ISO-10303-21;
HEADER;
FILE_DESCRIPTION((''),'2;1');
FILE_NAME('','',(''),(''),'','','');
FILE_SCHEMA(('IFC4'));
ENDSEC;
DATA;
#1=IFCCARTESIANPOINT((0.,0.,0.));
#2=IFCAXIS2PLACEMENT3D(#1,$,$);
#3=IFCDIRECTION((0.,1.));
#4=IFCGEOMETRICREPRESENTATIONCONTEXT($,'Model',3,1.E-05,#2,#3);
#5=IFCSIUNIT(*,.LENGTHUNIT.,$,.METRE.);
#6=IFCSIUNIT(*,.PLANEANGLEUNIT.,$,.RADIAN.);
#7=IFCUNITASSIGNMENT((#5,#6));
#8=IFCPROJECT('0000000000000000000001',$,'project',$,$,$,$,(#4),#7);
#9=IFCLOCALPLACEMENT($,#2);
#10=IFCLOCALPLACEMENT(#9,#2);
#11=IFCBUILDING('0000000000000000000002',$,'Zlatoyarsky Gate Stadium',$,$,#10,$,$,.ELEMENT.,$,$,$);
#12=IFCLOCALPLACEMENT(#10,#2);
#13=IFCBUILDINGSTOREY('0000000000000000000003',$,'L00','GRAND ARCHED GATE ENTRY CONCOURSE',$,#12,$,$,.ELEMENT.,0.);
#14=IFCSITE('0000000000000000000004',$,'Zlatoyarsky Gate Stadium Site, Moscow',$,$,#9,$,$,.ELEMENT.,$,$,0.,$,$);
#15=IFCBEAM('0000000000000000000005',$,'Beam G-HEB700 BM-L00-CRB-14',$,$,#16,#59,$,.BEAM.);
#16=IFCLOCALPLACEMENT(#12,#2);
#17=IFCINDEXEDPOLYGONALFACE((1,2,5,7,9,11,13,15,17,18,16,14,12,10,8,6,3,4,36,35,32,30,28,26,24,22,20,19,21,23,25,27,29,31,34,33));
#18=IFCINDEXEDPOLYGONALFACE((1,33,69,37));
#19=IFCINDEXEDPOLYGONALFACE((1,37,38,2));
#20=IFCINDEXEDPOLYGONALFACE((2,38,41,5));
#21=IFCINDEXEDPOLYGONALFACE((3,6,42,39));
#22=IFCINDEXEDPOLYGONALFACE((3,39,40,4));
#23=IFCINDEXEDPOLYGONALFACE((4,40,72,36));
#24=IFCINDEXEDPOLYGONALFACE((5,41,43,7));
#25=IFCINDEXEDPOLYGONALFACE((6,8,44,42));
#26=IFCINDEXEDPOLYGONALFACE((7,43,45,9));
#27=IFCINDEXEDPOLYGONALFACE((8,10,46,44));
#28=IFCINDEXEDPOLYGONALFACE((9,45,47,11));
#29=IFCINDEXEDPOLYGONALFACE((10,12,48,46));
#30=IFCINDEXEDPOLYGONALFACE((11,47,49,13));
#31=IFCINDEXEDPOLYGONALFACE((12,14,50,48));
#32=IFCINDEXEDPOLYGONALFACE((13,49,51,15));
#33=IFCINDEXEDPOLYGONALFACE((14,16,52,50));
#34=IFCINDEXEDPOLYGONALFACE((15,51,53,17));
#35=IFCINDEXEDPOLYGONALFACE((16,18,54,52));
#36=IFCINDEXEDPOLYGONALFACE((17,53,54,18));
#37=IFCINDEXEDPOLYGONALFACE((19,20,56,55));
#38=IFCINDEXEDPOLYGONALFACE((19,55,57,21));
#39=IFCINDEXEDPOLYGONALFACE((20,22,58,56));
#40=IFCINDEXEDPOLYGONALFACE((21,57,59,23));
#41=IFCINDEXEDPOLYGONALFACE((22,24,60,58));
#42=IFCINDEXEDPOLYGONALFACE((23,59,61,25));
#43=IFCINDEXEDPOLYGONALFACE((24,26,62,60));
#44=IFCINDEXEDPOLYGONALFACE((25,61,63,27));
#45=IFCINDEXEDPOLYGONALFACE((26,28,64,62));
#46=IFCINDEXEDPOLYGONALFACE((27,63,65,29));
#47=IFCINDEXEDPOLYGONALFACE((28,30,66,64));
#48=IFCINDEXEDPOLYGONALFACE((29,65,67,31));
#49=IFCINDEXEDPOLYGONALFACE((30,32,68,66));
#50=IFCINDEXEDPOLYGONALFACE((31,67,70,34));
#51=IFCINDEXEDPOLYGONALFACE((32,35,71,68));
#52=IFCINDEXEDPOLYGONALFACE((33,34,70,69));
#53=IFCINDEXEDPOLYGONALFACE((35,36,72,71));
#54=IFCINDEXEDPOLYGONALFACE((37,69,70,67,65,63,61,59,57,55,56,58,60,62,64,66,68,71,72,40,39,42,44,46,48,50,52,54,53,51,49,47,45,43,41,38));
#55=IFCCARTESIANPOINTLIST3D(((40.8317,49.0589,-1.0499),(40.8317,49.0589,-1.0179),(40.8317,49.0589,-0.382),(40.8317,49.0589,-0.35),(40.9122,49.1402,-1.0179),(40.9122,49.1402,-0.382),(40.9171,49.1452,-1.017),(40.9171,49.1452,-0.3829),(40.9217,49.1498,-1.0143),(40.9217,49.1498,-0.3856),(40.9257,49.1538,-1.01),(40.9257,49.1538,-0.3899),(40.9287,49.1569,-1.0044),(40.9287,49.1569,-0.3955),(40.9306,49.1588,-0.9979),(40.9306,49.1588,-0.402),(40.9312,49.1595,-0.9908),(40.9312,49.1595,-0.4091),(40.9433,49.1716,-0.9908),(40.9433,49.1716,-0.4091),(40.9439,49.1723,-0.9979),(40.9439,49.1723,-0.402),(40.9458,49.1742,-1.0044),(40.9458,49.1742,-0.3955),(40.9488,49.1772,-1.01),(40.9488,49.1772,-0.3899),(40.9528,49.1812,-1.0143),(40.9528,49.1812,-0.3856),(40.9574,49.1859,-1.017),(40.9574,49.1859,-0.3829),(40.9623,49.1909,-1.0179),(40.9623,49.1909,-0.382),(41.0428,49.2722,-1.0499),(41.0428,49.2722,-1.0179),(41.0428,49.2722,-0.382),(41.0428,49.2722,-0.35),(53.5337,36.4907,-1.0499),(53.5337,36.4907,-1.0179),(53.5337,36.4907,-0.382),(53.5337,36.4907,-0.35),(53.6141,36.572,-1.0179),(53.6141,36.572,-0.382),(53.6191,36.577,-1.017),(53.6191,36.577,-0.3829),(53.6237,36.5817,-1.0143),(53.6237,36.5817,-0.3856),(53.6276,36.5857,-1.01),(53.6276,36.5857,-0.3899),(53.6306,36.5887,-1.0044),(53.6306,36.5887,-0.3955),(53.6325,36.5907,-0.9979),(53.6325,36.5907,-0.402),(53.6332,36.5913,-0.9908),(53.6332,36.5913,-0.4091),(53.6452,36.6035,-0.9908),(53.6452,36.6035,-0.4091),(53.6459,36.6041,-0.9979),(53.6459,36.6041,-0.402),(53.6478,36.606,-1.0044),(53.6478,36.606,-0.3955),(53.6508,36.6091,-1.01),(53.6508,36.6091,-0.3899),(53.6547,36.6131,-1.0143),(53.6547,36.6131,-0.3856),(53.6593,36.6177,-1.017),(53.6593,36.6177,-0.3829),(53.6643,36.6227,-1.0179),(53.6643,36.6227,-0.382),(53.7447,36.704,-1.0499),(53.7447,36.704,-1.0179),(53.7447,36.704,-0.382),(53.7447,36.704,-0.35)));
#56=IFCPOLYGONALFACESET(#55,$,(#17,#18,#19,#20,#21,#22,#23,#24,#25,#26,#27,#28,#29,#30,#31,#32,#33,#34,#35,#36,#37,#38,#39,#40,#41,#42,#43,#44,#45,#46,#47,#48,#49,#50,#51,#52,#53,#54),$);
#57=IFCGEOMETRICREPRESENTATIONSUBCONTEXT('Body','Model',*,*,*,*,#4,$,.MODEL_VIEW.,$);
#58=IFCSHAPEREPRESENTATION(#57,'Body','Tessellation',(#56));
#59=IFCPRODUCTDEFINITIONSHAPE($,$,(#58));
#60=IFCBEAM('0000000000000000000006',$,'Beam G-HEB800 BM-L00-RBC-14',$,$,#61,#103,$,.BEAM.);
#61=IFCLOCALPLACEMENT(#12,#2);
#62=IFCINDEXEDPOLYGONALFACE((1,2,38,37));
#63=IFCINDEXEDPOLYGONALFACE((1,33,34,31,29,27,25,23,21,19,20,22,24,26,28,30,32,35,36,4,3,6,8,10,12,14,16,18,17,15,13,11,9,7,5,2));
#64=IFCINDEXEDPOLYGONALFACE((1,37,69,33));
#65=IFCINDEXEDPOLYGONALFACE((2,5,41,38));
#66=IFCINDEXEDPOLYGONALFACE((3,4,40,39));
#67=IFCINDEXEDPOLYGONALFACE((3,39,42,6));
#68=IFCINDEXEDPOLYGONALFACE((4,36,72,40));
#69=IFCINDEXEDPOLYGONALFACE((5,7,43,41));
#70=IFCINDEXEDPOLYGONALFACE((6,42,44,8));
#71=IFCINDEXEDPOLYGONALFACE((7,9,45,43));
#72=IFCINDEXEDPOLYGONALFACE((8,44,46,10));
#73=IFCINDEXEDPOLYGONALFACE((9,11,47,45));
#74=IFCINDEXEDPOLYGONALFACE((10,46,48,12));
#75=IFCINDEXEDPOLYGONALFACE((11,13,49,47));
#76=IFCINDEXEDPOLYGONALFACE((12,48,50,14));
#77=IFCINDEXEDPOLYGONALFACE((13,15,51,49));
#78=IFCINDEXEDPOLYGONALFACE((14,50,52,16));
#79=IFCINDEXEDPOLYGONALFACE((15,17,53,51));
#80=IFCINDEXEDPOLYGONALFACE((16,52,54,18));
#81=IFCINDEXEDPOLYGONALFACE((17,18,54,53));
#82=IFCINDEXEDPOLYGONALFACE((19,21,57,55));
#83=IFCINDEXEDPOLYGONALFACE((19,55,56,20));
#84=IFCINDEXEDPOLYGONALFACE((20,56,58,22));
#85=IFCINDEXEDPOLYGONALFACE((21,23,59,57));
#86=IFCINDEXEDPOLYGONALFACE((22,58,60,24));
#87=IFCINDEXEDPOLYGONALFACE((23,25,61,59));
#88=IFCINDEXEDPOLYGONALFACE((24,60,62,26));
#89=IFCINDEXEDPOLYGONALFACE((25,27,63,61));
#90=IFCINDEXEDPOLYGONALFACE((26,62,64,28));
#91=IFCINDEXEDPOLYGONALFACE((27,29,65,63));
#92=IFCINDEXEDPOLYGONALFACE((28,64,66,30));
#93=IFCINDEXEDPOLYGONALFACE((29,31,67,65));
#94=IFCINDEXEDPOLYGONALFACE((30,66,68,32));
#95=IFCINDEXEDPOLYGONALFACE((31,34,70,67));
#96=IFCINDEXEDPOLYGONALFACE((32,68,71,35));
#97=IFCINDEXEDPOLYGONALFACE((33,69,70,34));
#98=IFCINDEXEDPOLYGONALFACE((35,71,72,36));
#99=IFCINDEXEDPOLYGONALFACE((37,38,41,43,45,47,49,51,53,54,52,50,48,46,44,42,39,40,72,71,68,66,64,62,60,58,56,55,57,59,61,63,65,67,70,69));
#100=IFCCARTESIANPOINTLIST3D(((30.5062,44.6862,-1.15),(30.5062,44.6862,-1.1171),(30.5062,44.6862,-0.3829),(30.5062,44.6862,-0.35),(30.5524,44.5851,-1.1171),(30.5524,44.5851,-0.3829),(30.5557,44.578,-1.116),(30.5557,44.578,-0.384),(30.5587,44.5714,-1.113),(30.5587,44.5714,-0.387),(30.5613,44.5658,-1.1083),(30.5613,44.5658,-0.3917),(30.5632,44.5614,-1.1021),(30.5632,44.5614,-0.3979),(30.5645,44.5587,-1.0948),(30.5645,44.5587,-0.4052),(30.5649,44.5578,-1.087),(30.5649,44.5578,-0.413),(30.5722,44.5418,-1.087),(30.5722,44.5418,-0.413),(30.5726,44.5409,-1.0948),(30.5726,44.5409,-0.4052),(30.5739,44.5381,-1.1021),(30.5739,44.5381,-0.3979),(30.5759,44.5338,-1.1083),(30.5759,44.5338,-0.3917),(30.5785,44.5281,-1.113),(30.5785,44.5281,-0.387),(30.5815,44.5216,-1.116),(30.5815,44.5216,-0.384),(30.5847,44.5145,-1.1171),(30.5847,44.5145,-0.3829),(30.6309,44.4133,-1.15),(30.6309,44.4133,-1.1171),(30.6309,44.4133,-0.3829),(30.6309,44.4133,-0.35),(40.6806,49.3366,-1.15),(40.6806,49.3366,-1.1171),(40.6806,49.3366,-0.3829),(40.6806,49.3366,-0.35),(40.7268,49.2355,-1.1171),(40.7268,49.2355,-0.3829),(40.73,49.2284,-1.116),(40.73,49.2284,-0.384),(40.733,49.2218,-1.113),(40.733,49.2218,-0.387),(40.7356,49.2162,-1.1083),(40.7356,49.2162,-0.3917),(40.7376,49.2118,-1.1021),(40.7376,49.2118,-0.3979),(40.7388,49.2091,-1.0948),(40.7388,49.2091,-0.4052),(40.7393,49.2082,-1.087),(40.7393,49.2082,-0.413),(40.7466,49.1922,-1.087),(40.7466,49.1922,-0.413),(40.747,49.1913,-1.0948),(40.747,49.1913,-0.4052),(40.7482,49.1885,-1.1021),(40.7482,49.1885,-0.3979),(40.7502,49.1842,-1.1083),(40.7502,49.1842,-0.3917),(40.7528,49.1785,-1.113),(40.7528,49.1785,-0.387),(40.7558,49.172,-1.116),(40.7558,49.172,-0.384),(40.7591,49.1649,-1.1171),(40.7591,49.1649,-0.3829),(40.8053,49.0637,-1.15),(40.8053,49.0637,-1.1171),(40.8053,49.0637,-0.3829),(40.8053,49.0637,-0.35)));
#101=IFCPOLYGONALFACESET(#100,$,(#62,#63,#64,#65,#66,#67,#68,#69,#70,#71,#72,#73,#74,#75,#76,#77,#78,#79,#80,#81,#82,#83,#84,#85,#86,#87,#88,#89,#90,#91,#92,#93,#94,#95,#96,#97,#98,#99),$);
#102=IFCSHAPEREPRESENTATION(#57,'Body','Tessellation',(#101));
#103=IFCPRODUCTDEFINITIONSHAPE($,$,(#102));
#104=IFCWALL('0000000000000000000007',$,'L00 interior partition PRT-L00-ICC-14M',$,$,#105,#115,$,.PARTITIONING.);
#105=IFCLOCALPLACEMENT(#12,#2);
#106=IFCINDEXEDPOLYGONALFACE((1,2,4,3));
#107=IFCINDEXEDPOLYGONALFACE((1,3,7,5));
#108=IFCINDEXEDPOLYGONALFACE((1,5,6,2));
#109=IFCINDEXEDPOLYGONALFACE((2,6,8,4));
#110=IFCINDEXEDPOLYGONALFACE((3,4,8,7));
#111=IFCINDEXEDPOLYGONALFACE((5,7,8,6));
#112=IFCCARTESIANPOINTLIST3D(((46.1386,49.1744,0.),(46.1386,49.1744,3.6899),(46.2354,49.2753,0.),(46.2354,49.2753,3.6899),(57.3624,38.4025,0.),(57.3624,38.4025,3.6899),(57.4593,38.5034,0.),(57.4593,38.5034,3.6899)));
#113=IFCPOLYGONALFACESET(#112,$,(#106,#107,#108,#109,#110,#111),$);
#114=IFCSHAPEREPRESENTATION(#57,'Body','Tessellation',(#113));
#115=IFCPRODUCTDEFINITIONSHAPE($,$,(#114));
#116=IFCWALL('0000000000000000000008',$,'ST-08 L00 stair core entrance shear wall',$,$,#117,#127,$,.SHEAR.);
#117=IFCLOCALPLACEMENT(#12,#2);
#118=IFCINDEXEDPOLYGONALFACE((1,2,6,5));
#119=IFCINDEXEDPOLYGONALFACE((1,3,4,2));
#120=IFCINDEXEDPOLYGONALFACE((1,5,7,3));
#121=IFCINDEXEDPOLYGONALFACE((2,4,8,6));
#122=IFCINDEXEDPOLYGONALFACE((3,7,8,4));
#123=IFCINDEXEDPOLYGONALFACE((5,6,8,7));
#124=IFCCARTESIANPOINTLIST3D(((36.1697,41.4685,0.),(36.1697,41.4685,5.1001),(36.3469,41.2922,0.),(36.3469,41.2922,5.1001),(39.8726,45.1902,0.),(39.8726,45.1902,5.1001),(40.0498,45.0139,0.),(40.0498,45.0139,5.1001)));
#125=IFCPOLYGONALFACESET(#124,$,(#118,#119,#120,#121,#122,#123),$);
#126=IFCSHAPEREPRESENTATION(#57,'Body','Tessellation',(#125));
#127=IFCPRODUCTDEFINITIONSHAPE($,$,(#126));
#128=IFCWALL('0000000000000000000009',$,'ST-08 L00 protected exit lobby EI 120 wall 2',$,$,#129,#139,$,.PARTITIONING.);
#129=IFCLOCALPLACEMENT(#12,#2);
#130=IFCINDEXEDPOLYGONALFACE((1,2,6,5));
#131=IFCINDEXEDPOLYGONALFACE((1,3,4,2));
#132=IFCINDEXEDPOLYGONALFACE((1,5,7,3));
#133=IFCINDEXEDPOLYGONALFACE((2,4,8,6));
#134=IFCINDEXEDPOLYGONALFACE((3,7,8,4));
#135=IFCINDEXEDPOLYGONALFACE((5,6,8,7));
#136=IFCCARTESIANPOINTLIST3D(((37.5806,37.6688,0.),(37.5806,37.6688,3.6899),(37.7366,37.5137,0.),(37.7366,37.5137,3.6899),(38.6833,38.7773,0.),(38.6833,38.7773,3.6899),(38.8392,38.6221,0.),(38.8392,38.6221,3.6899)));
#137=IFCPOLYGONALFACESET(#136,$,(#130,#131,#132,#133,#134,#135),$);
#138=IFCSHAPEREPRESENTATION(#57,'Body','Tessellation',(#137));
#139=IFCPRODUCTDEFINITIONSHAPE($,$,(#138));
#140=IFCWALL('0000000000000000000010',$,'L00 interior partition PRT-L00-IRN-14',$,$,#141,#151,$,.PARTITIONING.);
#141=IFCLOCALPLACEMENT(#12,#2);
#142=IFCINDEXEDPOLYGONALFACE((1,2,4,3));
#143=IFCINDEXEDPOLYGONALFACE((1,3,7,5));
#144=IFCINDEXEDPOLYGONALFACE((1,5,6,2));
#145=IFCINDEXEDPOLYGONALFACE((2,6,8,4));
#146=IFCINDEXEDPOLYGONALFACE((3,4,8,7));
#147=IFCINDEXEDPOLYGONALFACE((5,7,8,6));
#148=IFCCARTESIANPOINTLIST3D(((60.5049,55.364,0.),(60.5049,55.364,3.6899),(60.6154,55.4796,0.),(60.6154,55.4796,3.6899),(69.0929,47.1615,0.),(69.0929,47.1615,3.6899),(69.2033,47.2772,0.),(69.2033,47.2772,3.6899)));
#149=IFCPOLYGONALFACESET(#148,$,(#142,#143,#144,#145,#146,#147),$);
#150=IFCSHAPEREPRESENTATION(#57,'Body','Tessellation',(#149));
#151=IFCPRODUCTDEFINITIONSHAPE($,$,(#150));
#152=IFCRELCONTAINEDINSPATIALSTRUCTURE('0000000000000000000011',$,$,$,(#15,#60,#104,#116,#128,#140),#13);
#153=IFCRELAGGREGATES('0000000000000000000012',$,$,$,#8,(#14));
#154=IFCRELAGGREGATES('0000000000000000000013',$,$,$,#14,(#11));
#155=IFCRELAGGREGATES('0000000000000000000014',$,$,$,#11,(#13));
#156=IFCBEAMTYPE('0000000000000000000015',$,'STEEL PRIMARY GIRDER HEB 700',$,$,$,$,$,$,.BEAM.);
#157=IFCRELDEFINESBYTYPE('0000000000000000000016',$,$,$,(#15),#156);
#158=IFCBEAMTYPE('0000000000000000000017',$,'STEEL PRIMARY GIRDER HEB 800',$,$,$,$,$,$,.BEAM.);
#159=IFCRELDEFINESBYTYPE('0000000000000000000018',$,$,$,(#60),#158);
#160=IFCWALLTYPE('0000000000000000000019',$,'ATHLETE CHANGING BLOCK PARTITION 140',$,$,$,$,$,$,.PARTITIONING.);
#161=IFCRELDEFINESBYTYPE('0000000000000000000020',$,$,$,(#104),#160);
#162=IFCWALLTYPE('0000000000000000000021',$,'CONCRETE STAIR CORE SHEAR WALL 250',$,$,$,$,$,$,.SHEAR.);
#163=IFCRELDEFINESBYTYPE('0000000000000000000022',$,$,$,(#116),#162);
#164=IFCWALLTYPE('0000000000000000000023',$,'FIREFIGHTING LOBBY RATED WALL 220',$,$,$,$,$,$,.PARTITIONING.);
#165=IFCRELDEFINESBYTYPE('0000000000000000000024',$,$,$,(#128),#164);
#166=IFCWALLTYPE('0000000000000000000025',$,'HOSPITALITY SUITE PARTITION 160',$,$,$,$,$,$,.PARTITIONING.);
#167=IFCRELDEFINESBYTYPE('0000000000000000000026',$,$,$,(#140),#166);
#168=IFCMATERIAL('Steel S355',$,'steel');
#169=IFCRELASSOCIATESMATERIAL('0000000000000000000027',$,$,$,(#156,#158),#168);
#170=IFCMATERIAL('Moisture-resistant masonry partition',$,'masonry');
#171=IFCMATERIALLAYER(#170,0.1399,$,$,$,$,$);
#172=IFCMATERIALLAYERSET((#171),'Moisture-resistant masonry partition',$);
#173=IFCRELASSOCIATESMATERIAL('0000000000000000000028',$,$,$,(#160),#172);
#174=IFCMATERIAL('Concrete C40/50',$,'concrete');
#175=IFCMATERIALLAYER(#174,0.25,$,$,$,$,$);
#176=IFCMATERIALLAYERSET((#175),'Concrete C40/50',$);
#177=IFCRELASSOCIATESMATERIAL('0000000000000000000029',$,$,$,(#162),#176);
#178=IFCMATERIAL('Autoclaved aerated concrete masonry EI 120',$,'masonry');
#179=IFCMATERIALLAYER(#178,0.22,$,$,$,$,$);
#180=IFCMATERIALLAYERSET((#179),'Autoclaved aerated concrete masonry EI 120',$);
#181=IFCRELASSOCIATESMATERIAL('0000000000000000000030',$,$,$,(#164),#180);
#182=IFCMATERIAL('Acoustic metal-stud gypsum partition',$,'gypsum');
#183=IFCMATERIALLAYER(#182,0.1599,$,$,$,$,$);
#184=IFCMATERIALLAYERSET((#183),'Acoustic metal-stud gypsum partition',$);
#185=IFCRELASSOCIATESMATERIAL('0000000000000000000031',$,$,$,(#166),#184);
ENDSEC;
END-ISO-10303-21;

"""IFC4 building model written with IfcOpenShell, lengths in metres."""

from ifc_helpers import new_model, si_unit, direction, frame, frame_2d, origin, origin_2d, place, context, subcontext, project, spatial, rectangle, i_section, extrude, material, layer, layer_set, material_profile, profile_set, type_object, element, save


model = new_model("IFC4")

# Units and contexts
model_context = context("Model", 3, precision=1e-05, world=origin(), true_north=direction((0.0, 1.0)))
body_context = subcontext(model_context, "Body", "Model", "MODEL_VIEW")
ifc_project = project(units=[si_unit("LENGTHUNIT", "METRE"), si_unit("PLANEANGLEUNIT", "RADIAN")], contexts=[model_context])

# Site, building, storey
site_placement = place(None, origin())
site = spatial("IfcSite", under=ifc_project, at=site_placement, Name="Zlatoyarsky Gate Stadium Site, Moscow", CompositionType="ELEMENT", RefElevation=0.0)
building_placement = place(site_placement, origin())
building = spatial("IfcBuilding", under=site, at=building_placement, Name="Zlatoyarsky Gate Stadium", CompositionType="ELEMENT")
storey_placement = place(building_placement, origin())
storey = spatial("IfcBuildingStorey", under=building, at=storey_placement, Name="L00", Description="GRAND ARCHED GATE ENTRY CONCOURSE", CompositionType="ELEMENT", Elevation=0.0)

# Shared definitions
ifc_material_1 = material(Name="Concrete C40/50", Category="concrete")

# Beams
ifc_material_2 = material(Name="Steel S355", Category="steel")
ifc_material_profile_1 = material_profile(ifc_material_2, i_section(OverallWidth=0.3, OverallDepth=0.7, WebThickness=0.0171, FlangeThickness=0.032, FilletRadius=0.0271, at=origin_2d()), Name="HEB 700")
ifc_profile_set_1 = profile_set([ifc_material_profile_1], Name="Steel S355")
beam_type_1 = type_object("IfcBeamType", Name="STEEL PRIMARY GIRDER HEB 700", PredefinedType="BEAM", material=ifc_profile_set_1)
beam_1_placement = place(storey_placement, frame((40.9373, 49.1655, -0.7), z_axis=(0.710841, -0.703353, 0.0), x_axis=(0.703353, 0.710841, 0.0)))
element("IfcBeam", 1, at=beam_1_placement, inside=storey, type_object=beam_type_1, Name="Beam G-HEB700 BM-L00-CRB-14", PredefinedType="BEAM", context=body_context, shape_type="SweptSolid", body=[
    extrude(i_section(OverallWidth=0.3, OverallDepth=0.7, WebThickness=0.0171, FlangeThickness=0.032, FilletRadius=0.0271, at=origin_2d()), origin(), (0.0, 0.0, 1.0), 17.8689),
])
ifc_material_profile_2 = material_profile(ifc_material_2, i_section(OverallWidth=0.3, OverallDepth=0.8, WebThickness=0.0176, FlangeThickness=0.033, FilletRadius=0.03, at=origin_2d()), Name="HEB 800")
ifc_profile_set_2 = profile_set([ifc_material_profile_2], Name="Steel S355")
beam_type_2 = type_object("IfcBeamType", Name="STEEL PRIMARY GIRDER HEB 800", PredefinedType="BEAM", material=ifc_profile_set_2)
beam_2_placement = place(storey_placement, frame((40.7429, 49.2002, -0.75), z_axis=(-0.909499, -0.415706, 0.0), x_axis=(0.415706, -0.909499, 0.0)))
element("IfcBeam", 2, at=beam_2_placement, inside=storey, type_object=beam_type_2, Name="Beam G-HEB800 BM-L00-RBC-14", PredefinedType="BEAM", context=body_context, shape_type="SweptSolid", body=[
    extrude(i_section(OverallWidth=0.3, OverallDepth=0.8, WebThickness=0.0176, FlangeThickness=0.033, FilletRadius=0.03, at=origin_2d()), origin(), (0.0, 0.0, 1.0), 11.1868),
])

# Walls
ifc_material_3 = material(Name="Moisture-resistant masonry partition", Category="masonry")
ifc_layer_1 = layer(ifc_material_3, 0.1399)
ifc_layer_set_1 = layer_set([ifc_layer_1], Name="Moisture-resistant masonry partition")
wall_type_1 = type_object("IfcWallType", Name="ATHLETE CHANGING BLOCK PARTITION 140", PredefinedType="PARTITIONING", material=ifc_layer_set_1)
wall_1_placement = place(storey_placement, frame((46.187, 49.2249, 0.0), z_axis=(0.0, 0.0, 1.0), x_axis=(0.721482, -0.692433, 0.0)))
element("IfcWall", 3, at=wall_1_placement, inside=storey, type_object=wall_type_1, Name="L00 interior partition PRT-L00-ICC-14M", PredefinedType="PARTITIONING", context=body_context, shape_type="SweptSolid", body=[
    extrude(rectangle(XDim=15.5566, YDim=0.1399, at=frame_2d((7.7783, 0.0))), origin(), (0.0, 0.0, 1.0), 3.6899),
])
ifc_layer_2 = layer(ifc_material_1, 0.25)
ifc_layer_set_2 = layer_set([ifc_layer_2], Name="Concrete C40/50")
wall_type_2 = type_object("IfcWallType", Name="CONCRETE STAIR CORE SHEAR WALL 250", PredefinedType="SHEAR", material=ifc_layer_set_2)
wall_2_placement = place(storey_placement, frame((39.9612, 45.1021, 0.0), z_axis=(0.0, 0.0, 1.0), x_axis=(-0.705314, -0.708895, 0.0)))
element("IfcWall", 4, at=wall_2_placement, inside=storey, type_object=wall_type_2, Name="ST-08 L00 stair core entrance shear wall", PredefinedType="SHEAR", context=body_context, shape_type="SweptSolid", body=[
    extrude(rectangle(XDim=5.25, YDim=0.25, at=frame_2d((2.625, 0.0))), origin(), (0.0, 0.0, 1.0), 5.1001),
])
ifc_material_4 = material(Name="Autoclaved aerated concrete masonry EI 120", Category="masonry")
ifc_layer_3 = layer(ifc_material_4, 0.22)
ifc_layer_set_3 = layer_set([ifc_layer_3], Name="Autoclaved aerated concrete masonry EI 120")
wall_type_3 = type_object("IfcWallType", Name="FIREFIGHTING LOBBY RATED WALL 220", PredefinedType="PARTITIONING", material=ifc_layer_set_3)
wall_3_placement = place(storey_placement, frame((38.7612, 38.6997, 0.0), z_axis=(0.0, 0.0, 1.0), x_axis=(-0.70523, -0.708978, 0.0)))
element("IfcWall", 5, at=wall_3_placement, inside=storey, type_object=wall_type_3, Name="ST-08 L00 protected exit lobby EI 120 wall 2", PredefinedType="PARTITIONING", context=body_context, shape_type="SweptSolid", body=[
    extrude(rectangle(XDim=1.5635, YDim=0.22, at=frame_2d((0.7817, 0.0))), origin(), (0.0, 0.0, 1.0), 3.6899),
])
ifc_material_5 = material(Name="Acoustic metal-stud gypsum partition", Category="gypsum")
ifc_layer_4 = layer(ifc_material_5, 0.1599)
ifc_layer_set_4 = layer_set([ifc_layer_4], Name="Acoustic metal-stud gypsum partition")
wall_type_4 = type_object("IfcWallType", Name="HOSPITALITY SUITE PARTITION 160", PredefinedType="PARTITIONING", material=ifc_layer_set_4)
wall_4_placement = place(storey_placement, frame((60.5601, 55.4219, 0.0), z_axis=(0.0, 0.0, 1.0), x_axis=(0.723151, -0.69069, 0.0)))
element("IfcWall", 6, at=wall_4_placement, inside=storey, type_object=wall_type_4, Name="L00 interior partition PRT-L00-IRN-14", PredefinedType="PARTITIONING", context=body_context, shape_type="SweptSolid", body=[
    extrude(rectangle(XDim=11.8757, YDim=0.1599, at=frame_2d((5.938, 0.0))), origin(), (0.0, 0.0, 1.0), 3.6899),
])

save(model, "model.ifc")
